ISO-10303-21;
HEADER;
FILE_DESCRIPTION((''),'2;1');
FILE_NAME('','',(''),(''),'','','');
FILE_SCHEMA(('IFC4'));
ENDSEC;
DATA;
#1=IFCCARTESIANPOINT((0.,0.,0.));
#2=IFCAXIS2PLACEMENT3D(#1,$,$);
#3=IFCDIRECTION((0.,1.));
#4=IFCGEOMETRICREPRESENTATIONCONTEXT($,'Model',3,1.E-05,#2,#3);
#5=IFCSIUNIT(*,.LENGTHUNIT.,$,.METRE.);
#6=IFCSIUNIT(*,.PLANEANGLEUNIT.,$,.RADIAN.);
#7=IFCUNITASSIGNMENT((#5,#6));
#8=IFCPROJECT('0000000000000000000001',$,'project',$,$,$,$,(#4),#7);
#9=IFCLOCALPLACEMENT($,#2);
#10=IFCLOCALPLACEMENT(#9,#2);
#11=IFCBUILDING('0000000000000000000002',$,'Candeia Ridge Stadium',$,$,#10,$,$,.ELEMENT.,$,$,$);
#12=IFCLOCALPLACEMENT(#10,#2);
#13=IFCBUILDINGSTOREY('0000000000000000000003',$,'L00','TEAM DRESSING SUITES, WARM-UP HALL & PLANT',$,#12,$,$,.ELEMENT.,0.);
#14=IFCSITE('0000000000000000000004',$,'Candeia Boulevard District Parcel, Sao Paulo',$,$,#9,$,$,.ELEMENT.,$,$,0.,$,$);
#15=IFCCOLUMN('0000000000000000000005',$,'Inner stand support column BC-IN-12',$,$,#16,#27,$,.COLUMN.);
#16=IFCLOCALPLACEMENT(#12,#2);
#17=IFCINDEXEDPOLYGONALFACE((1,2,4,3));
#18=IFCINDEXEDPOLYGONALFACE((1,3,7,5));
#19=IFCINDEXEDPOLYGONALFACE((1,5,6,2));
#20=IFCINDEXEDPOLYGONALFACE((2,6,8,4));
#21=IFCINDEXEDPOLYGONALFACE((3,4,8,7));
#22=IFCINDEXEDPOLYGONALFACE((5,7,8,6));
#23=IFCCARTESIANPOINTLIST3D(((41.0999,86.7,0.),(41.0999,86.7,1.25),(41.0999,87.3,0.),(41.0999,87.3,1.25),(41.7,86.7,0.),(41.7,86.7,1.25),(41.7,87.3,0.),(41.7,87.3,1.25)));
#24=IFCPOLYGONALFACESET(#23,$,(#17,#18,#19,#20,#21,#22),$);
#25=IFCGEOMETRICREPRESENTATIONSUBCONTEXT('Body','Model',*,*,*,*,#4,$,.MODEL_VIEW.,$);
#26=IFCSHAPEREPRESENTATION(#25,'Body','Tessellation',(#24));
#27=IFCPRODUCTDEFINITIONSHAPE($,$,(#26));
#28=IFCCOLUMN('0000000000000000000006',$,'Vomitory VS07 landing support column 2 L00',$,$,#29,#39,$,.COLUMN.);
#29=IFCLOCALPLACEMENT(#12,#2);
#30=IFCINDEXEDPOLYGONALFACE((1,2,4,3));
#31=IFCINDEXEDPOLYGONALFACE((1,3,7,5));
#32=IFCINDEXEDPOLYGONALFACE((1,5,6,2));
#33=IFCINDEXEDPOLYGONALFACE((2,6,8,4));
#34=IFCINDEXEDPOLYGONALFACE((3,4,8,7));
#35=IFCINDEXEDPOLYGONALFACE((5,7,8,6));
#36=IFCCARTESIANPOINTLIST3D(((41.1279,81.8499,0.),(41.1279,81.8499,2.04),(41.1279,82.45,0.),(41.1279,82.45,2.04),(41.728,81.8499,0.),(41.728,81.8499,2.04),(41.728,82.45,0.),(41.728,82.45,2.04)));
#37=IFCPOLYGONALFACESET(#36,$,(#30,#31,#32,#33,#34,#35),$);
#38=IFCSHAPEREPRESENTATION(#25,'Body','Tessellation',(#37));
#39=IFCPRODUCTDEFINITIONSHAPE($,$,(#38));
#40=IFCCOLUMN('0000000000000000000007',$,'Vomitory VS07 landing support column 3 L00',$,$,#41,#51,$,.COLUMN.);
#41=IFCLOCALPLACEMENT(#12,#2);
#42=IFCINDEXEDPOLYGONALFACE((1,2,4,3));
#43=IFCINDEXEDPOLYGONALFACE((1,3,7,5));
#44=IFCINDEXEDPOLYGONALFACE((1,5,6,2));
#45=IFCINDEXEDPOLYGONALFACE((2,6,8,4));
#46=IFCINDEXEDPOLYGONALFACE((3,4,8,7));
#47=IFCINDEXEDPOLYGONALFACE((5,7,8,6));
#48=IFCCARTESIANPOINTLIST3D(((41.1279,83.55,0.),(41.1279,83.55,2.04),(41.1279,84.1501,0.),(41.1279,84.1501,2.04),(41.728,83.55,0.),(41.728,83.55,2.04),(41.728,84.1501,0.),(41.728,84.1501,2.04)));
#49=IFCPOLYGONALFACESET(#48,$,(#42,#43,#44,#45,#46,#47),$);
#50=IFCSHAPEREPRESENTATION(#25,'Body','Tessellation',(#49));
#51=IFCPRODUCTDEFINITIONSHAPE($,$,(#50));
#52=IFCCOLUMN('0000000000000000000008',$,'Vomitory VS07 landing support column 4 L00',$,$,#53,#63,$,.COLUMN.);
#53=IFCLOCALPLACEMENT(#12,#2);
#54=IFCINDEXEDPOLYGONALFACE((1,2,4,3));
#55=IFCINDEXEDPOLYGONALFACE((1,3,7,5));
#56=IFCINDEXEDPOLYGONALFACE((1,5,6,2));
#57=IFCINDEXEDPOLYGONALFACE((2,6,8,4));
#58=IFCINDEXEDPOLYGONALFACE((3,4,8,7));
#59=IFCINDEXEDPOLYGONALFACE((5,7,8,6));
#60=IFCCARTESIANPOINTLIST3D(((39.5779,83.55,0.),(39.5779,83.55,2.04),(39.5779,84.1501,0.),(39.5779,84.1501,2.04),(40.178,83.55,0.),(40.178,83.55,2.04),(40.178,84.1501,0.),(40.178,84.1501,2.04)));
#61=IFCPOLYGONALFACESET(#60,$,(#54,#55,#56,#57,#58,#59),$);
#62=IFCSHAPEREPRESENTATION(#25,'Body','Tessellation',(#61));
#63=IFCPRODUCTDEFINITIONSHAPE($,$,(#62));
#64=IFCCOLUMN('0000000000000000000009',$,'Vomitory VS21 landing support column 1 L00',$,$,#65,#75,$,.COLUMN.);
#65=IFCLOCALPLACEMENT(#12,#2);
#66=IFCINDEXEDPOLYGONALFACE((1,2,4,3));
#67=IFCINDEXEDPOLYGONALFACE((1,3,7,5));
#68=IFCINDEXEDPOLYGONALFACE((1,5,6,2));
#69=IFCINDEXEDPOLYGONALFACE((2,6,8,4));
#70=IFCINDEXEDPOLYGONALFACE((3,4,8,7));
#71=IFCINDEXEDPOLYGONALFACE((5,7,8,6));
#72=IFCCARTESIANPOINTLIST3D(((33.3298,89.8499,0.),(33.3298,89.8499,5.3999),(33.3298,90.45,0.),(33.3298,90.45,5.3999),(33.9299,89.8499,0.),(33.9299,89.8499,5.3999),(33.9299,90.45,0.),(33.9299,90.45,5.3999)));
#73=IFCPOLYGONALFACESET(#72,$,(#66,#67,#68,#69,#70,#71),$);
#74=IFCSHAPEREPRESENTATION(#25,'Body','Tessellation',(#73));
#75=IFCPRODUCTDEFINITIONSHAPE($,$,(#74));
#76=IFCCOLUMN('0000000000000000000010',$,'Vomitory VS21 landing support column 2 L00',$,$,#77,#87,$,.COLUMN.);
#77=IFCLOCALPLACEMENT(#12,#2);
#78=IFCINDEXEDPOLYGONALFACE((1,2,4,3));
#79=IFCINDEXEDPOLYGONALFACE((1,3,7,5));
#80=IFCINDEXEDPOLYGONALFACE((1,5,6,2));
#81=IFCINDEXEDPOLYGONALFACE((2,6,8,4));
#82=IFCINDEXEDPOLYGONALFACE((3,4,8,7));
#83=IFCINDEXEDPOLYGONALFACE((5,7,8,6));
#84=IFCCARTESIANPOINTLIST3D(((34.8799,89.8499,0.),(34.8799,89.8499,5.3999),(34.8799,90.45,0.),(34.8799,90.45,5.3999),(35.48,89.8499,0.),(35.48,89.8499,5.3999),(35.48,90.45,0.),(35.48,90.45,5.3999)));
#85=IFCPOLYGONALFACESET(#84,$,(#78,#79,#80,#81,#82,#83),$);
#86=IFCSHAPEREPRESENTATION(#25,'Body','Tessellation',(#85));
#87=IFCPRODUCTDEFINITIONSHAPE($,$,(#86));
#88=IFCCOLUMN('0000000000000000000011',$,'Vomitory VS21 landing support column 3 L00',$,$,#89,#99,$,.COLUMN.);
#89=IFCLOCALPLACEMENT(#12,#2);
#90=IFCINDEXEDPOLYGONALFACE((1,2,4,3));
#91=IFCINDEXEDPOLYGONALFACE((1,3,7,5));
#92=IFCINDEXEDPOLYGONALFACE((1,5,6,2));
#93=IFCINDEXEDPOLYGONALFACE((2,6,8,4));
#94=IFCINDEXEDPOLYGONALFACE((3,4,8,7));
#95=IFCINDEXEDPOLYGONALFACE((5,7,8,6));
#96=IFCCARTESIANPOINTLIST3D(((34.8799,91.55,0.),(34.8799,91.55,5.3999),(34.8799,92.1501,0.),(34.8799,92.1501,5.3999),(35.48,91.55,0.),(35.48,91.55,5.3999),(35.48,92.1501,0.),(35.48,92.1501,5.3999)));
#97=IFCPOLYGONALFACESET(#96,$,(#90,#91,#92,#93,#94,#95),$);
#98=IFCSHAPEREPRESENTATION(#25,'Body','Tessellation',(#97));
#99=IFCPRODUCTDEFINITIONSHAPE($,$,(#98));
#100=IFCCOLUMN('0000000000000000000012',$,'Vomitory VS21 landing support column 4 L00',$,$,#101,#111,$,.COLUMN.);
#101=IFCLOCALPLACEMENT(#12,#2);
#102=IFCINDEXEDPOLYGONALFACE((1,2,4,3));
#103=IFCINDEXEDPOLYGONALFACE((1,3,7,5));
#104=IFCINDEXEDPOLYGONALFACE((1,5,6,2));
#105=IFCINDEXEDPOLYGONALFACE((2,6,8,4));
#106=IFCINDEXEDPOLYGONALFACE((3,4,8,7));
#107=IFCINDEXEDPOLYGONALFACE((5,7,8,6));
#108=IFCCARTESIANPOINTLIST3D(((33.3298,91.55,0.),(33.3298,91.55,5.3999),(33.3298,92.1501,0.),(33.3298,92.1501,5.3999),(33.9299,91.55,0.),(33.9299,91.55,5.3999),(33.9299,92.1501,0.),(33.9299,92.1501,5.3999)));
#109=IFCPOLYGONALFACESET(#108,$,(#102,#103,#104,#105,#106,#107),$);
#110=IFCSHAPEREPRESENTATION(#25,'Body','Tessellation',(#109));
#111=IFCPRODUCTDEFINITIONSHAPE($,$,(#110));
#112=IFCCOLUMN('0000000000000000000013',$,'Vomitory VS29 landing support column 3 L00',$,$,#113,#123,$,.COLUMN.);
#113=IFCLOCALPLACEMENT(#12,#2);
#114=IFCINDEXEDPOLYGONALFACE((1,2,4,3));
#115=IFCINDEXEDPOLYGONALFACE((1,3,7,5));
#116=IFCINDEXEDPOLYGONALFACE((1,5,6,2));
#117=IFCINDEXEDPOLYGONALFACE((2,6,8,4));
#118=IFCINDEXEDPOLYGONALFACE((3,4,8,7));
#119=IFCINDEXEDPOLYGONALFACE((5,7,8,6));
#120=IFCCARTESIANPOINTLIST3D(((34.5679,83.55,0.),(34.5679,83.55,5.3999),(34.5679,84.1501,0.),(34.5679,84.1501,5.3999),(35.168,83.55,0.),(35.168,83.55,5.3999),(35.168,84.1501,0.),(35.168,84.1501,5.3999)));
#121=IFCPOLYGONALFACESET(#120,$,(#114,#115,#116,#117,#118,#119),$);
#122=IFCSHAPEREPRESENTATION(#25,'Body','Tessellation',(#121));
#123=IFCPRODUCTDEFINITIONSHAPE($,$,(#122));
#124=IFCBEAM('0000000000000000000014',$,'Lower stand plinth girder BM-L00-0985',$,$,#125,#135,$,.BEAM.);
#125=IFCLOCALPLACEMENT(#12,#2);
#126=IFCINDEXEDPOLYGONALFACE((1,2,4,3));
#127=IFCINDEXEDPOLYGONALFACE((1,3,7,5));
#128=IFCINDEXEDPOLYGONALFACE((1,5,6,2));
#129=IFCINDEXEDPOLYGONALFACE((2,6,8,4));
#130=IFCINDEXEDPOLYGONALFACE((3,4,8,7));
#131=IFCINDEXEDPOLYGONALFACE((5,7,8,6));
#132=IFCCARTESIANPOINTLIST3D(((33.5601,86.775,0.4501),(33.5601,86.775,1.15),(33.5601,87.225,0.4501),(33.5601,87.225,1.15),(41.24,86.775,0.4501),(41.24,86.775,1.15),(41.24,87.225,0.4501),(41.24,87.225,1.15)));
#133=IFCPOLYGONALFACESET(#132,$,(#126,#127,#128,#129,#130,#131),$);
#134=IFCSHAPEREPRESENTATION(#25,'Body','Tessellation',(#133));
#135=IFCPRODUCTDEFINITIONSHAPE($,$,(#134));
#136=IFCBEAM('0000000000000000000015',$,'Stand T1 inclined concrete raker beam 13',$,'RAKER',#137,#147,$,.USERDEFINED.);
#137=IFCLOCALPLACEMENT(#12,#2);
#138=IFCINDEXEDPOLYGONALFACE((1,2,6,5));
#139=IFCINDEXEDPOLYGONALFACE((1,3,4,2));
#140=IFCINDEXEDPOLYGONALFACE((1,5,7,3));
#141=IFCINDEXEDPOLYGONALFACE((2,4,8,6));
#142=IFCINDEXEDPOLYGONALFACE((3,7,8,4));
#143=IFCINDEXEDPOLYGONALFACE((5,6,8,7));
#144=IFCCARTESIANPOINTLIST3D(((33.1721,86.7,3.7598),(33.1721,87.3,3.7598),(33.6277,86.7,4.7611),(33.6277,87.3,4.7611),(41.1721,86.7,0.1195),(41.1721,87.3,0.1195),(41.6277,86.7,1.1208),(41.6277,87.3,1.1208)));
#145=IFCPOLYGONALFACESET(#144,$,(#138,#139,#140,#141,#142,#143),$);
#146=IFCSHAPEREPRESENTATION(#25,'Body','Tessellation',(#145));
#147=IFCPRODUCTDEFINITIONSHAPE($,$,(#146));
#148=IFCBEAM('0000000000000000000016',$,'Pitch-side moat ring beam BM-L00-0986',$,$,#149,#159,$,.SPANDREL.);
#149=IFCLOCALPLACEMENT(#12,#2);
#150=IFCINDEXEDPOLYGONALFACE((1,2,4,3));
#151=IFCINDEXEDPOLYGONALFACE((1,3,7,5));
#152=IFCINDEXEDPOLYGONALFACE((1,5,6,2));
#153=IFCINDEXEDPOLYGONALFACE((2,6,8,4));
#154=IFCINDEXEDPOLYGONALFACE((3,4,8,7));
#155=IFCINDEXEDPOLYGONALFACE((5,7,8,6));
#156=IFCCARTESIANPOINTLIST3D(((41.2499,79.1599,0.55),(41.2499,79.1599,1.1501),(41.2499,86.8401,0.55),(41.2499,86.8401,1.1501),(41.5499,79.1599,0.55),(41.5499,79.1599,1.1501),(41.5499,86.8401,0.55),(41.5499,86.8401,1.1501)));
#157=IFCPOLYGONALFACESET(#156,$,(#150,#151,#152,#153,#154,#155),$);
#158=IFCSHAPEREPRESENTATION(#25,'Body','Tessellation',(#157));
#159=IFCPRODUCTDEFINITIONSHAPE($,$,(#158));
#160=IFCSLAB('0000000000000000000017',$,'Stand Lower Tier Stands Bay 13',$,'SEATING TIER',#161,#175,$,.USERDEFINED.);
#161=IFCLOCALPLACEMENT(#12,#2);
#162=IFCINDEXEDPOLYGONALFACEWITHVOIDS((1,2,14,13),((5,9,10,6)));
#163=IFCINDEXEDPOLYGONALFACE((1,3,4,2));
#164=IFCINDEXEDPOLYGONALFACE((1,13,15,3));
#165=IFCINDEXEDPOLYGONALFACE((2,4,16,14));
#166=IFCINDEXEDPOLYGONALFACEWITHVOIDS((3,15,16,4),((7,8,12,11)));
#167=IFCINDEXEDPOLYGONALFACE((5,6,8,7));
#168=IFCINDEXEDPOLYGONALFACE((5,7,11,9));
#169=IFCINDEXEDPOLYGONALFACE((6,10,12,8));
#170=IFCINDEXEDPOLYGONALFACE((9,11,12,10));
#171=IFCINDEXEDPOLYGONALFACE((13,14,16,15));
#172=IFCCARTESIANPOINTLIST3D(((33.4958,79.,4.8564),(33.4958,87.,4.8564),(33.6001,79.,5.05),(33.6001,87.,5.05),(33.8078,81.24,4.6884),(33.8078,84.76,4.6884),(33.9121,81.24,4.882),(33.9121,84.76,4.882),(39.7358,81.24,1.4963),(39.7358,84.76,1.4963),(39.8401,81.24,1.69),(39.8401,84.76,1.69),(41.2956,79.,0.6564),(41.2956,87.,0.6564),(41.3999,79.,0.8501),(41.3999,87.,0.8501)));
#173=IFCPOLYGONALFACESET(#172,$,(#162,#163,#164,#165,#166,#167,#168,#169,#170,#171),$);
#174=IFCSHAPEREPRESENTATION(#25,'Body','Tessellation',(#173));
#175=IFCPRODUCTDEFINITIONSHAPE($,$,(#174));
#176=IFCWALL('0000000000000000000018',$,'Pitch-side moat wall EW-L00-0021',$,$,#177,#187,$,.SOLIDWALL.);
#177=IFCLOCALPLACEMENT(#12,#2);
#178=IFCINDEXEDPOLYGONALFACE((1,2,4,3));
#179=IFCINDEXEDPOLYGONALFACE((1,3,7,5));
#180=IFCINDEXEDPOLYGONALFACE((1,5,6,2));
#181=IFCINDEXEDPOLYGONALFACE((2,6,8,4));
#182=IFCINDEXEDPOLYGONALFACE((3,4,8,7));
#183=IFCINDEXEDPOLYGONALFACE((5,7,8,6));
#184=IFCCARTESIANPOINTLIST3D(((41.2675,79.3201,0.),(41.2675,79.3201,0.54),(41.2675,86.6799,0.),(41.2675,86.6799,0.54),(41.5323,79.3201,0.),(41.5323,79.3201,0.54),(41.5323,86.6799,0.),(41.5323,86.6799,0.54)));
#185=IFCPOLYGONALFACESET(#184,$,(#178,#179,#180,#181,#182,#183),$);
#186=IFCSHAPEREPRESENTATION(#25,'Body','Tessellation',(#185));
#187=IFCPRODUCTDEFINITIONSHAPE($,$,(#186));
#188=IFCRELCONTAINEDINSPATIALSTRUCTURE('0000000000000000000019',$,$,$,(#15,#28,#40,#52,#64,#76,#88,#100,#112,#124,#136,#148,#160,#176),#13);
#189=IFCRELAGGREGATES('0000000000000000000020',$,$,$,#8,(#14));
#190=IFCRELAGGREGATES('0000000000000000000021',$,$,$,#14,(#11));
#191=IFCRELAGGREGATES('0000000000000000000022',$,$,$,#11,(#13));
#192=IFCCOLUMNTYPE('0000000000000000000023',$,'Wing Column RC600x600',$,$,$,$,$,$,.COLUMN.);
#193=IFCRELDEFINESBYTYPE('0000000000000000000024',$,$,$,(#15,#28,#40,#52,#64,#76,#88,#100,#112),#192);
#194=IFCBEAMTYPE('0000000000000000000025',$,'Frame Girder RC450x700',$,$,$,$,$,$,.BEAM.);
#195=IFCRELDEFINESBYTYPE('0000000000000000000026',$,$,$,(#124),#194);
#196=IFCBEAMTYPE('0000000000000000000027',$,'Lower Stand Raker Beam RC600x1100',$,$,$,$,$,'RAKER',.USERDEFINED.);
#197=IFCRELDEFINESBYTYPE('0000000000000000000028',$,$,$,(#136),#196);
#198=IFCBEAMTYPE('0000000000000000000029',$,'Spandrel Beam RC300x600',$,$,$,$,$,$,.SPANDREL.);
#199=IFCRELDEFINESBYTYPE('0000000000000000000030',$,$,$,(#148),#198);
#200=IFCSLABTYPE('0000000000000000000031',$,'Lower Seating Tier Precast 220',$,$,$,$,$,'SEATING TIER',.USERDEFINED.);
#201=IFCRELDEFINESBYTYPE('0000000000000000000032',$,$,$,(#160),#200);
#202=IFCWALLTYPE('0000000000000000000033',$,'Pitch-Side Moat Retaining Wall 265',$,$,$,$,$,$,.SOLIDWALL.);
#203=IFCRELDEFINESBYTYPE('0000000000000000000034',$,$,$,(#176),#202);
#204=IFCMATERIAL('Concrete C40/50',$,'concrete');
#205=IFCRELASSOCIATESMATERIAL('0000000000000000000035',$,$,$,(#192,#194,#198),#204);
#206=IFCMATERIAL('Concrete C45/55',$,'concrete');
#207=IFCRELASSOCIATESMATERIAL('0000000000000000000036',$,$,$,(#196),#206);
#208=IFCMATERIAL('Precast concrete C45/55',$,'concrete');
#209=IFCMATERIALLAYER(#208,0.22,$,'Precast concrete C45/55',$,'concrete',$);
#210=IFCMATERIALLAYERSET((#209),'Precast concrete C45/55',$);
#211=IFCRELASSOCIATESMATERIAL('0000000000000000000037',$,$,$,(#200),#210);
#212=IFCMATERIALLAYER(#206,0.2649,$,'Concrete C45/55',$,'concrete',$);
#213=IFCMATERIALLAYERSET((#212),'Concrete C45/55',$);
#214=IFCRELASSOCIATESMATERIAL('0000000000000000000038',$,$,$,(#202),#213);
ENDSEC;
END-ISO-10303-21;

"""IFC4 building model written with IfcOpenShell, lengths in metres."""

from ifc_helpers import new_model, si_unit, direction, frame, frame_2d, origin, origin_2d, place, context, subcontext, project, spatial, polyline, rectangle, outline, extrude, material, layer, layer_set, material_profile, profile_set, type_object, element, save


model = new_model("IFC4")

# Units and contexts
model_context = context("Model", 3, precision=1e-05, world=origin(), true_north=direction((0.0, 1.0)))
body_context = subcontext(model_context, "Body", "Model", "MODEL_VIEW")
ifc_project = project(units=[si_unit("LENGTHUNIT", "METRE"), si_unit("PLANEANGLEUNIT", "RADIAN")], contexts=[model_context])

# Site, building, storey
site_placement = place(None, origin())
site = spatial("IfcSite", under=ifc_project, at=site_placement, Name="Candeia Boulevard District Parcel, Sao Paulo", CompositionType="ELEMENT", RefElevation=0.0)
building_placement = place(site_placement, origin())
building = spatial("IfcBuilding", under=site, at=building_placement, Name="Candeia Ridge Stadium", CompositionType="ELEMENT")
storey_placement = place(building_placement, origin())
storey = spatial("IfcBuildingStorey", under=building, at=storey_placement, Name="L00", Description="TEAM DRESSING SUITES, WARM-UP HALL & PLANT", CompositionType="ELEMENT", Elevation=0.0)

# Shared definitions
ifc_material_1 = material(Name="Concrete C40/50", Category="concrete")

# Columns
ifc_material_profile_1 = material_profile(ifc_material_1, rectangle(XDim=0.6001, YDim=0.6001, at=origin_2d()), Name="RC600x600", Category="concrete")
ifc_profile_set_1 = profile_set([ifc_material_profile_1], Name="Concrete C40/50")
column_type = type_object("IfcColumnType", Name="Wing Column RC600x600", PredefinedType="COLUMN", material=ifc_profile_set_1)
column_placement = place(storey_placement, frame((41.3999, 87.0, 0.0), z_axis=(0.0, 0.0, 1.0), x_axis=(1.0, 0.0, 0.0)))
element("IfcColumn", 1, at=column_placement, inside=storey, type_object=column_type, Name="Inner stand support column BC-IN-12", PredefinedType="COLUMN", context=body_context, shape_type="SweptSolid", body=[
    extrude(rectangle(XDim=0.6001, YDim=0.6001, at=origin_2d()), origin(), (0.0, 0.0, 1.0), 1.25),
])
for number, where, z_axis, x_axis, name in (
    (2, (41.428, 82.1499, 0.0), (0.0, 0.0, 1.0), (1.0, 0.0, 0.0), "Vomitory VS07 landing support column 2 L00"),
    (3, (41.428, 83.8501, 0.0), (0.0, 0.0, 1.0), (1.0, 0.0, 0.0), "Vomitory VS07 landing support column 3 L00"),
    (4, (39.8779, 83.8501, 0.0), (0.0, 0.0, 1.0), (1.0, 0.0, 0.0), "Vomitory VS07 landing support column 4 L00"),
):
    element("IfcColumn", number, at=place(storey_placement, frame(where, z_axis=z_axis, x_axis=x_axis)), inside=storey, type_object=column_type, Name=name, PredefinedType="COLUMN", context=body_context, shape_type="SweptSolid", body=[
        extrude(rectangle(XDim=0.6001, YDim=0.6001, at=origin_2d()), origin(), (0.0, 0.0, 1.0), 2.04),
    ])
for number, where, z_axis, x_axis, name in (
    (5, (33.6299, 90.1499, 0.0), (0.0, 0.0, 1.0), (1.0, 0.0, 0.0), "Vomitory VS21 landing support column 1 L00"),
    (6, (35.1799, 90.1499, 0.0), (0.0, 0.0, 1.0), (1.0, 0.0, 0.0), "Vomitory VS21 landing support column 2 L00"),
    (7, (35.1799, 91.8501, 0.0), (0.0, 0.0, 1.0), (1.0, 0.0, 0.0), "Vomitory VS21 landing support column 3 L00"),
    (8, (33.6299, 91.8501, 0.0), (0.0, 0.0, 1.0), (1.0, 0.0, 0.0), "Vomitory VS21 landing support column 4 L00"),
    (9, (34.8679, 83.8501, 0.0), (0.0, 0.0, 1.0), (1.0, 0.0, 0.0), "Vomitory VS29 landing support column 3 L00"),
):
    element("IfcColumn", number, at=place(storey_placement, frame(where, z_axis=z_axis, x_axis=x_axis)), inside=storey, type_object=column_type, Name=name, PredefinedType="COLUMN", context=body_context, shape_type="SweptSolid", body=[
        extrude(rectangle(XDim=0.6001, YDim=0.6001, at=origin_2d()), origin(), (0.0, 0.0, 1.0), 5.3999),
    ])

# Beams
ifc_material_profile_2 = material_profile(ifc_material_1, rectangle(XDim=0.45, YDim=0.7, at=origin_2d()), Name="RC450x700", Category="concrete")
ifc_profile_set_2 = profile_set([ifc_material_profile_2], Name="Concrete C40/50")
beam_type_1 = type_object("IfcBeamType", Name="Frame Girder RC450x700", PredefinedType="BEAM", material=ifc_profile_set_2)
beam_1_placement = place(storey_placement, frame((41.24, 87.0, 0.8), z_axis=(-1.0, 0.0, 0.0), x_axis=(0.0, -1.0, 0.0)))
element("IfcBeam", 10, at=beam_1_placement, inside=storey, type_object=beam_type_1, Name="Lower stand plinth girder BM-L00-0985", PredefinedType="BEAM", context=body_context, shape_type="SweptSolid", body=[
    extrude(rectangle(XDim=0.45, YDim=0.7, at=origin_2d()), origin(), (0.0, 0.0, 1.0), 7.6799),
])
ifc_material_2 = material(Name="Concrete C45/55", Category="concrete")
ifc_material_profile_3 = material_profile(ifc_material_2, rectangle(XDim=0.6001, YDim=1.1001, at=origin_2d()), Name="RC600x1100", Category="concrete")
ifc_profile_set_3 = profile_set([ifc_material_profile_3], Name="Concrete C45/55")
beam_type_2 = type_object("IfcBeamType", Name="Lower Stand Raker Beam RC600x1100", ElementType="RAKER", PredefinedType="USERDEFINED", material=ifc_profile_set_3)
beam_2_placement = place(storey_placement, frame((41.3999, 87.0, 0.6201), z_axis=(-0.910194, 0.0, 0.414182), x_axis=(0.0, -1.0, 0.0)))
element("IfcBeam", 11, at=beam_2_placement, inside=storey, type_object=beam_type_2, Name="Stand T1 inclined concrete raker beam 13", ObjectType="RAKER", PredefinedType="USERDEFINED", context=body_context, shape_type="SweptSolid", body=[
    extrude(rectangle(XDim=0.6001, YDim=1.1001, at=origin_2d()), origin(), (0.0, 0.0, 1.0), 8.7893),
])
ifc_material_profile_4 = material_profile(ifc_material_1, rectangle(XDim=0.3, YDim=0.6001, at=origin_2d()), Name="RC300x600", Category="concrete")
ifc_profile_set_4 = profile_set([ifc_material_profile_4], Name="Concrete C40/50")
beam_type_3 = type_object("IfcBeamType", Name="Spandrel Beam RC300x600", PredefinedType="SPANDREL", material=ifc_profile_set_4)
beam_3_placement = place(storey_placement, frame((41.3999, 86.8401, 0.8501), z_axis=(0.0, -1.0, 0.0), x_axis=(1.0, 0.0, 0.0)))
element("IfcBeam", 12, at=beam_3_placement, inside=storey, type_object=beam_type_3, Name="Pitch-side moat ring beam BM-L00-0986", PredefinedType="SPANDREL", context=body_context, shape_type="SweptSolid", body=[
    extrude(rectangle(XDim=0.3, YDim=0.6001, at=origin_2d()), origin(), (0.0, 0.0, 1.0), 7.6802),
])

# Slab
ifc_material_3 = material(Name="Precast concrete C45/55", Category="concrete")
ifc_layer_1 = layer(ifc_material_3, 0.22, Name="Precast concrete C45/55", Category="concrete")
ifc_layer_set_1 = layer_set([ifc_layer_1], Name="Precast concrete C45/55")
slab_type = type_object("IfcSlabType", Name="Lower Seating Tier Precast 220", ElementType="SEATING TIER", PredefinedType="USERDEFINED", material=ifc_layer_set_1)
slab_placement = place(storey_placement, frame((41.3999, 87.0, 0.8501), z_axis=(0.474105, 0.0, 0.880468), x_axis=(0.0, -1.0, 0.0)))
element("IfcSlab", 13, at=slab_placement, inside=storey, type_object=slab_type, Name="Stand Lower Tier Stands Bay 13", ObjectType="SEATING TIER", PredefinedType="USERDEFINED", context=body_context, shape_type="SweptSolid", body=[
    extrude(outline(polyline([(0.0, 0.0), (8.0, 0.0), (8.0, -8.8587), (0.0, -8.8587), (0.0, 0.0)]), holes=[polyline([(2.24, -1.7715), (5.76, -1.7715), (5.76, -8.5043), (2.24, -8.5043), (2.24, -1.7715)])]), origin(), (0.0, 0.0, -1.0), 0.22),
])

# Wall
ifc_layer_2 = layer(ifc_material_2, 0.2649, Name="Concrete C45/55", Category="concrete")
ifc_layer_set_2 = layer_set([ifc_layer_2], Name="Concrete C45/55")
wall_type = type_object("IfcWallType", Name="Pitch-Side Moat Retaining Wall 265", PredefinedType="SOLIDWALL", material=ifc_layer_set_2)
wall_placement = place(storey_placement, frame((41.3999, 86.6799, 0.0), z_axis=(0.0, 0.0, 1.0), x_axis=(0.0, -1.0, 0.0)))
element("IfcWall", 14, at=wall_placement, inside=storey, type_object=wall_type, Name="Pitch-side moat wall EW-L00-0021", PredefinedType="SOLIDWALL", context=body_context, shape_type="SweptSolid", body=[
    extrude(rectangle(XDim=7.3599, YDim=0.2649, at=frame_2d((3.6799, 0.0))), origin(), (0.0, 0.0, 1.0), 0.54),
])

save(model, "model.ifc")
